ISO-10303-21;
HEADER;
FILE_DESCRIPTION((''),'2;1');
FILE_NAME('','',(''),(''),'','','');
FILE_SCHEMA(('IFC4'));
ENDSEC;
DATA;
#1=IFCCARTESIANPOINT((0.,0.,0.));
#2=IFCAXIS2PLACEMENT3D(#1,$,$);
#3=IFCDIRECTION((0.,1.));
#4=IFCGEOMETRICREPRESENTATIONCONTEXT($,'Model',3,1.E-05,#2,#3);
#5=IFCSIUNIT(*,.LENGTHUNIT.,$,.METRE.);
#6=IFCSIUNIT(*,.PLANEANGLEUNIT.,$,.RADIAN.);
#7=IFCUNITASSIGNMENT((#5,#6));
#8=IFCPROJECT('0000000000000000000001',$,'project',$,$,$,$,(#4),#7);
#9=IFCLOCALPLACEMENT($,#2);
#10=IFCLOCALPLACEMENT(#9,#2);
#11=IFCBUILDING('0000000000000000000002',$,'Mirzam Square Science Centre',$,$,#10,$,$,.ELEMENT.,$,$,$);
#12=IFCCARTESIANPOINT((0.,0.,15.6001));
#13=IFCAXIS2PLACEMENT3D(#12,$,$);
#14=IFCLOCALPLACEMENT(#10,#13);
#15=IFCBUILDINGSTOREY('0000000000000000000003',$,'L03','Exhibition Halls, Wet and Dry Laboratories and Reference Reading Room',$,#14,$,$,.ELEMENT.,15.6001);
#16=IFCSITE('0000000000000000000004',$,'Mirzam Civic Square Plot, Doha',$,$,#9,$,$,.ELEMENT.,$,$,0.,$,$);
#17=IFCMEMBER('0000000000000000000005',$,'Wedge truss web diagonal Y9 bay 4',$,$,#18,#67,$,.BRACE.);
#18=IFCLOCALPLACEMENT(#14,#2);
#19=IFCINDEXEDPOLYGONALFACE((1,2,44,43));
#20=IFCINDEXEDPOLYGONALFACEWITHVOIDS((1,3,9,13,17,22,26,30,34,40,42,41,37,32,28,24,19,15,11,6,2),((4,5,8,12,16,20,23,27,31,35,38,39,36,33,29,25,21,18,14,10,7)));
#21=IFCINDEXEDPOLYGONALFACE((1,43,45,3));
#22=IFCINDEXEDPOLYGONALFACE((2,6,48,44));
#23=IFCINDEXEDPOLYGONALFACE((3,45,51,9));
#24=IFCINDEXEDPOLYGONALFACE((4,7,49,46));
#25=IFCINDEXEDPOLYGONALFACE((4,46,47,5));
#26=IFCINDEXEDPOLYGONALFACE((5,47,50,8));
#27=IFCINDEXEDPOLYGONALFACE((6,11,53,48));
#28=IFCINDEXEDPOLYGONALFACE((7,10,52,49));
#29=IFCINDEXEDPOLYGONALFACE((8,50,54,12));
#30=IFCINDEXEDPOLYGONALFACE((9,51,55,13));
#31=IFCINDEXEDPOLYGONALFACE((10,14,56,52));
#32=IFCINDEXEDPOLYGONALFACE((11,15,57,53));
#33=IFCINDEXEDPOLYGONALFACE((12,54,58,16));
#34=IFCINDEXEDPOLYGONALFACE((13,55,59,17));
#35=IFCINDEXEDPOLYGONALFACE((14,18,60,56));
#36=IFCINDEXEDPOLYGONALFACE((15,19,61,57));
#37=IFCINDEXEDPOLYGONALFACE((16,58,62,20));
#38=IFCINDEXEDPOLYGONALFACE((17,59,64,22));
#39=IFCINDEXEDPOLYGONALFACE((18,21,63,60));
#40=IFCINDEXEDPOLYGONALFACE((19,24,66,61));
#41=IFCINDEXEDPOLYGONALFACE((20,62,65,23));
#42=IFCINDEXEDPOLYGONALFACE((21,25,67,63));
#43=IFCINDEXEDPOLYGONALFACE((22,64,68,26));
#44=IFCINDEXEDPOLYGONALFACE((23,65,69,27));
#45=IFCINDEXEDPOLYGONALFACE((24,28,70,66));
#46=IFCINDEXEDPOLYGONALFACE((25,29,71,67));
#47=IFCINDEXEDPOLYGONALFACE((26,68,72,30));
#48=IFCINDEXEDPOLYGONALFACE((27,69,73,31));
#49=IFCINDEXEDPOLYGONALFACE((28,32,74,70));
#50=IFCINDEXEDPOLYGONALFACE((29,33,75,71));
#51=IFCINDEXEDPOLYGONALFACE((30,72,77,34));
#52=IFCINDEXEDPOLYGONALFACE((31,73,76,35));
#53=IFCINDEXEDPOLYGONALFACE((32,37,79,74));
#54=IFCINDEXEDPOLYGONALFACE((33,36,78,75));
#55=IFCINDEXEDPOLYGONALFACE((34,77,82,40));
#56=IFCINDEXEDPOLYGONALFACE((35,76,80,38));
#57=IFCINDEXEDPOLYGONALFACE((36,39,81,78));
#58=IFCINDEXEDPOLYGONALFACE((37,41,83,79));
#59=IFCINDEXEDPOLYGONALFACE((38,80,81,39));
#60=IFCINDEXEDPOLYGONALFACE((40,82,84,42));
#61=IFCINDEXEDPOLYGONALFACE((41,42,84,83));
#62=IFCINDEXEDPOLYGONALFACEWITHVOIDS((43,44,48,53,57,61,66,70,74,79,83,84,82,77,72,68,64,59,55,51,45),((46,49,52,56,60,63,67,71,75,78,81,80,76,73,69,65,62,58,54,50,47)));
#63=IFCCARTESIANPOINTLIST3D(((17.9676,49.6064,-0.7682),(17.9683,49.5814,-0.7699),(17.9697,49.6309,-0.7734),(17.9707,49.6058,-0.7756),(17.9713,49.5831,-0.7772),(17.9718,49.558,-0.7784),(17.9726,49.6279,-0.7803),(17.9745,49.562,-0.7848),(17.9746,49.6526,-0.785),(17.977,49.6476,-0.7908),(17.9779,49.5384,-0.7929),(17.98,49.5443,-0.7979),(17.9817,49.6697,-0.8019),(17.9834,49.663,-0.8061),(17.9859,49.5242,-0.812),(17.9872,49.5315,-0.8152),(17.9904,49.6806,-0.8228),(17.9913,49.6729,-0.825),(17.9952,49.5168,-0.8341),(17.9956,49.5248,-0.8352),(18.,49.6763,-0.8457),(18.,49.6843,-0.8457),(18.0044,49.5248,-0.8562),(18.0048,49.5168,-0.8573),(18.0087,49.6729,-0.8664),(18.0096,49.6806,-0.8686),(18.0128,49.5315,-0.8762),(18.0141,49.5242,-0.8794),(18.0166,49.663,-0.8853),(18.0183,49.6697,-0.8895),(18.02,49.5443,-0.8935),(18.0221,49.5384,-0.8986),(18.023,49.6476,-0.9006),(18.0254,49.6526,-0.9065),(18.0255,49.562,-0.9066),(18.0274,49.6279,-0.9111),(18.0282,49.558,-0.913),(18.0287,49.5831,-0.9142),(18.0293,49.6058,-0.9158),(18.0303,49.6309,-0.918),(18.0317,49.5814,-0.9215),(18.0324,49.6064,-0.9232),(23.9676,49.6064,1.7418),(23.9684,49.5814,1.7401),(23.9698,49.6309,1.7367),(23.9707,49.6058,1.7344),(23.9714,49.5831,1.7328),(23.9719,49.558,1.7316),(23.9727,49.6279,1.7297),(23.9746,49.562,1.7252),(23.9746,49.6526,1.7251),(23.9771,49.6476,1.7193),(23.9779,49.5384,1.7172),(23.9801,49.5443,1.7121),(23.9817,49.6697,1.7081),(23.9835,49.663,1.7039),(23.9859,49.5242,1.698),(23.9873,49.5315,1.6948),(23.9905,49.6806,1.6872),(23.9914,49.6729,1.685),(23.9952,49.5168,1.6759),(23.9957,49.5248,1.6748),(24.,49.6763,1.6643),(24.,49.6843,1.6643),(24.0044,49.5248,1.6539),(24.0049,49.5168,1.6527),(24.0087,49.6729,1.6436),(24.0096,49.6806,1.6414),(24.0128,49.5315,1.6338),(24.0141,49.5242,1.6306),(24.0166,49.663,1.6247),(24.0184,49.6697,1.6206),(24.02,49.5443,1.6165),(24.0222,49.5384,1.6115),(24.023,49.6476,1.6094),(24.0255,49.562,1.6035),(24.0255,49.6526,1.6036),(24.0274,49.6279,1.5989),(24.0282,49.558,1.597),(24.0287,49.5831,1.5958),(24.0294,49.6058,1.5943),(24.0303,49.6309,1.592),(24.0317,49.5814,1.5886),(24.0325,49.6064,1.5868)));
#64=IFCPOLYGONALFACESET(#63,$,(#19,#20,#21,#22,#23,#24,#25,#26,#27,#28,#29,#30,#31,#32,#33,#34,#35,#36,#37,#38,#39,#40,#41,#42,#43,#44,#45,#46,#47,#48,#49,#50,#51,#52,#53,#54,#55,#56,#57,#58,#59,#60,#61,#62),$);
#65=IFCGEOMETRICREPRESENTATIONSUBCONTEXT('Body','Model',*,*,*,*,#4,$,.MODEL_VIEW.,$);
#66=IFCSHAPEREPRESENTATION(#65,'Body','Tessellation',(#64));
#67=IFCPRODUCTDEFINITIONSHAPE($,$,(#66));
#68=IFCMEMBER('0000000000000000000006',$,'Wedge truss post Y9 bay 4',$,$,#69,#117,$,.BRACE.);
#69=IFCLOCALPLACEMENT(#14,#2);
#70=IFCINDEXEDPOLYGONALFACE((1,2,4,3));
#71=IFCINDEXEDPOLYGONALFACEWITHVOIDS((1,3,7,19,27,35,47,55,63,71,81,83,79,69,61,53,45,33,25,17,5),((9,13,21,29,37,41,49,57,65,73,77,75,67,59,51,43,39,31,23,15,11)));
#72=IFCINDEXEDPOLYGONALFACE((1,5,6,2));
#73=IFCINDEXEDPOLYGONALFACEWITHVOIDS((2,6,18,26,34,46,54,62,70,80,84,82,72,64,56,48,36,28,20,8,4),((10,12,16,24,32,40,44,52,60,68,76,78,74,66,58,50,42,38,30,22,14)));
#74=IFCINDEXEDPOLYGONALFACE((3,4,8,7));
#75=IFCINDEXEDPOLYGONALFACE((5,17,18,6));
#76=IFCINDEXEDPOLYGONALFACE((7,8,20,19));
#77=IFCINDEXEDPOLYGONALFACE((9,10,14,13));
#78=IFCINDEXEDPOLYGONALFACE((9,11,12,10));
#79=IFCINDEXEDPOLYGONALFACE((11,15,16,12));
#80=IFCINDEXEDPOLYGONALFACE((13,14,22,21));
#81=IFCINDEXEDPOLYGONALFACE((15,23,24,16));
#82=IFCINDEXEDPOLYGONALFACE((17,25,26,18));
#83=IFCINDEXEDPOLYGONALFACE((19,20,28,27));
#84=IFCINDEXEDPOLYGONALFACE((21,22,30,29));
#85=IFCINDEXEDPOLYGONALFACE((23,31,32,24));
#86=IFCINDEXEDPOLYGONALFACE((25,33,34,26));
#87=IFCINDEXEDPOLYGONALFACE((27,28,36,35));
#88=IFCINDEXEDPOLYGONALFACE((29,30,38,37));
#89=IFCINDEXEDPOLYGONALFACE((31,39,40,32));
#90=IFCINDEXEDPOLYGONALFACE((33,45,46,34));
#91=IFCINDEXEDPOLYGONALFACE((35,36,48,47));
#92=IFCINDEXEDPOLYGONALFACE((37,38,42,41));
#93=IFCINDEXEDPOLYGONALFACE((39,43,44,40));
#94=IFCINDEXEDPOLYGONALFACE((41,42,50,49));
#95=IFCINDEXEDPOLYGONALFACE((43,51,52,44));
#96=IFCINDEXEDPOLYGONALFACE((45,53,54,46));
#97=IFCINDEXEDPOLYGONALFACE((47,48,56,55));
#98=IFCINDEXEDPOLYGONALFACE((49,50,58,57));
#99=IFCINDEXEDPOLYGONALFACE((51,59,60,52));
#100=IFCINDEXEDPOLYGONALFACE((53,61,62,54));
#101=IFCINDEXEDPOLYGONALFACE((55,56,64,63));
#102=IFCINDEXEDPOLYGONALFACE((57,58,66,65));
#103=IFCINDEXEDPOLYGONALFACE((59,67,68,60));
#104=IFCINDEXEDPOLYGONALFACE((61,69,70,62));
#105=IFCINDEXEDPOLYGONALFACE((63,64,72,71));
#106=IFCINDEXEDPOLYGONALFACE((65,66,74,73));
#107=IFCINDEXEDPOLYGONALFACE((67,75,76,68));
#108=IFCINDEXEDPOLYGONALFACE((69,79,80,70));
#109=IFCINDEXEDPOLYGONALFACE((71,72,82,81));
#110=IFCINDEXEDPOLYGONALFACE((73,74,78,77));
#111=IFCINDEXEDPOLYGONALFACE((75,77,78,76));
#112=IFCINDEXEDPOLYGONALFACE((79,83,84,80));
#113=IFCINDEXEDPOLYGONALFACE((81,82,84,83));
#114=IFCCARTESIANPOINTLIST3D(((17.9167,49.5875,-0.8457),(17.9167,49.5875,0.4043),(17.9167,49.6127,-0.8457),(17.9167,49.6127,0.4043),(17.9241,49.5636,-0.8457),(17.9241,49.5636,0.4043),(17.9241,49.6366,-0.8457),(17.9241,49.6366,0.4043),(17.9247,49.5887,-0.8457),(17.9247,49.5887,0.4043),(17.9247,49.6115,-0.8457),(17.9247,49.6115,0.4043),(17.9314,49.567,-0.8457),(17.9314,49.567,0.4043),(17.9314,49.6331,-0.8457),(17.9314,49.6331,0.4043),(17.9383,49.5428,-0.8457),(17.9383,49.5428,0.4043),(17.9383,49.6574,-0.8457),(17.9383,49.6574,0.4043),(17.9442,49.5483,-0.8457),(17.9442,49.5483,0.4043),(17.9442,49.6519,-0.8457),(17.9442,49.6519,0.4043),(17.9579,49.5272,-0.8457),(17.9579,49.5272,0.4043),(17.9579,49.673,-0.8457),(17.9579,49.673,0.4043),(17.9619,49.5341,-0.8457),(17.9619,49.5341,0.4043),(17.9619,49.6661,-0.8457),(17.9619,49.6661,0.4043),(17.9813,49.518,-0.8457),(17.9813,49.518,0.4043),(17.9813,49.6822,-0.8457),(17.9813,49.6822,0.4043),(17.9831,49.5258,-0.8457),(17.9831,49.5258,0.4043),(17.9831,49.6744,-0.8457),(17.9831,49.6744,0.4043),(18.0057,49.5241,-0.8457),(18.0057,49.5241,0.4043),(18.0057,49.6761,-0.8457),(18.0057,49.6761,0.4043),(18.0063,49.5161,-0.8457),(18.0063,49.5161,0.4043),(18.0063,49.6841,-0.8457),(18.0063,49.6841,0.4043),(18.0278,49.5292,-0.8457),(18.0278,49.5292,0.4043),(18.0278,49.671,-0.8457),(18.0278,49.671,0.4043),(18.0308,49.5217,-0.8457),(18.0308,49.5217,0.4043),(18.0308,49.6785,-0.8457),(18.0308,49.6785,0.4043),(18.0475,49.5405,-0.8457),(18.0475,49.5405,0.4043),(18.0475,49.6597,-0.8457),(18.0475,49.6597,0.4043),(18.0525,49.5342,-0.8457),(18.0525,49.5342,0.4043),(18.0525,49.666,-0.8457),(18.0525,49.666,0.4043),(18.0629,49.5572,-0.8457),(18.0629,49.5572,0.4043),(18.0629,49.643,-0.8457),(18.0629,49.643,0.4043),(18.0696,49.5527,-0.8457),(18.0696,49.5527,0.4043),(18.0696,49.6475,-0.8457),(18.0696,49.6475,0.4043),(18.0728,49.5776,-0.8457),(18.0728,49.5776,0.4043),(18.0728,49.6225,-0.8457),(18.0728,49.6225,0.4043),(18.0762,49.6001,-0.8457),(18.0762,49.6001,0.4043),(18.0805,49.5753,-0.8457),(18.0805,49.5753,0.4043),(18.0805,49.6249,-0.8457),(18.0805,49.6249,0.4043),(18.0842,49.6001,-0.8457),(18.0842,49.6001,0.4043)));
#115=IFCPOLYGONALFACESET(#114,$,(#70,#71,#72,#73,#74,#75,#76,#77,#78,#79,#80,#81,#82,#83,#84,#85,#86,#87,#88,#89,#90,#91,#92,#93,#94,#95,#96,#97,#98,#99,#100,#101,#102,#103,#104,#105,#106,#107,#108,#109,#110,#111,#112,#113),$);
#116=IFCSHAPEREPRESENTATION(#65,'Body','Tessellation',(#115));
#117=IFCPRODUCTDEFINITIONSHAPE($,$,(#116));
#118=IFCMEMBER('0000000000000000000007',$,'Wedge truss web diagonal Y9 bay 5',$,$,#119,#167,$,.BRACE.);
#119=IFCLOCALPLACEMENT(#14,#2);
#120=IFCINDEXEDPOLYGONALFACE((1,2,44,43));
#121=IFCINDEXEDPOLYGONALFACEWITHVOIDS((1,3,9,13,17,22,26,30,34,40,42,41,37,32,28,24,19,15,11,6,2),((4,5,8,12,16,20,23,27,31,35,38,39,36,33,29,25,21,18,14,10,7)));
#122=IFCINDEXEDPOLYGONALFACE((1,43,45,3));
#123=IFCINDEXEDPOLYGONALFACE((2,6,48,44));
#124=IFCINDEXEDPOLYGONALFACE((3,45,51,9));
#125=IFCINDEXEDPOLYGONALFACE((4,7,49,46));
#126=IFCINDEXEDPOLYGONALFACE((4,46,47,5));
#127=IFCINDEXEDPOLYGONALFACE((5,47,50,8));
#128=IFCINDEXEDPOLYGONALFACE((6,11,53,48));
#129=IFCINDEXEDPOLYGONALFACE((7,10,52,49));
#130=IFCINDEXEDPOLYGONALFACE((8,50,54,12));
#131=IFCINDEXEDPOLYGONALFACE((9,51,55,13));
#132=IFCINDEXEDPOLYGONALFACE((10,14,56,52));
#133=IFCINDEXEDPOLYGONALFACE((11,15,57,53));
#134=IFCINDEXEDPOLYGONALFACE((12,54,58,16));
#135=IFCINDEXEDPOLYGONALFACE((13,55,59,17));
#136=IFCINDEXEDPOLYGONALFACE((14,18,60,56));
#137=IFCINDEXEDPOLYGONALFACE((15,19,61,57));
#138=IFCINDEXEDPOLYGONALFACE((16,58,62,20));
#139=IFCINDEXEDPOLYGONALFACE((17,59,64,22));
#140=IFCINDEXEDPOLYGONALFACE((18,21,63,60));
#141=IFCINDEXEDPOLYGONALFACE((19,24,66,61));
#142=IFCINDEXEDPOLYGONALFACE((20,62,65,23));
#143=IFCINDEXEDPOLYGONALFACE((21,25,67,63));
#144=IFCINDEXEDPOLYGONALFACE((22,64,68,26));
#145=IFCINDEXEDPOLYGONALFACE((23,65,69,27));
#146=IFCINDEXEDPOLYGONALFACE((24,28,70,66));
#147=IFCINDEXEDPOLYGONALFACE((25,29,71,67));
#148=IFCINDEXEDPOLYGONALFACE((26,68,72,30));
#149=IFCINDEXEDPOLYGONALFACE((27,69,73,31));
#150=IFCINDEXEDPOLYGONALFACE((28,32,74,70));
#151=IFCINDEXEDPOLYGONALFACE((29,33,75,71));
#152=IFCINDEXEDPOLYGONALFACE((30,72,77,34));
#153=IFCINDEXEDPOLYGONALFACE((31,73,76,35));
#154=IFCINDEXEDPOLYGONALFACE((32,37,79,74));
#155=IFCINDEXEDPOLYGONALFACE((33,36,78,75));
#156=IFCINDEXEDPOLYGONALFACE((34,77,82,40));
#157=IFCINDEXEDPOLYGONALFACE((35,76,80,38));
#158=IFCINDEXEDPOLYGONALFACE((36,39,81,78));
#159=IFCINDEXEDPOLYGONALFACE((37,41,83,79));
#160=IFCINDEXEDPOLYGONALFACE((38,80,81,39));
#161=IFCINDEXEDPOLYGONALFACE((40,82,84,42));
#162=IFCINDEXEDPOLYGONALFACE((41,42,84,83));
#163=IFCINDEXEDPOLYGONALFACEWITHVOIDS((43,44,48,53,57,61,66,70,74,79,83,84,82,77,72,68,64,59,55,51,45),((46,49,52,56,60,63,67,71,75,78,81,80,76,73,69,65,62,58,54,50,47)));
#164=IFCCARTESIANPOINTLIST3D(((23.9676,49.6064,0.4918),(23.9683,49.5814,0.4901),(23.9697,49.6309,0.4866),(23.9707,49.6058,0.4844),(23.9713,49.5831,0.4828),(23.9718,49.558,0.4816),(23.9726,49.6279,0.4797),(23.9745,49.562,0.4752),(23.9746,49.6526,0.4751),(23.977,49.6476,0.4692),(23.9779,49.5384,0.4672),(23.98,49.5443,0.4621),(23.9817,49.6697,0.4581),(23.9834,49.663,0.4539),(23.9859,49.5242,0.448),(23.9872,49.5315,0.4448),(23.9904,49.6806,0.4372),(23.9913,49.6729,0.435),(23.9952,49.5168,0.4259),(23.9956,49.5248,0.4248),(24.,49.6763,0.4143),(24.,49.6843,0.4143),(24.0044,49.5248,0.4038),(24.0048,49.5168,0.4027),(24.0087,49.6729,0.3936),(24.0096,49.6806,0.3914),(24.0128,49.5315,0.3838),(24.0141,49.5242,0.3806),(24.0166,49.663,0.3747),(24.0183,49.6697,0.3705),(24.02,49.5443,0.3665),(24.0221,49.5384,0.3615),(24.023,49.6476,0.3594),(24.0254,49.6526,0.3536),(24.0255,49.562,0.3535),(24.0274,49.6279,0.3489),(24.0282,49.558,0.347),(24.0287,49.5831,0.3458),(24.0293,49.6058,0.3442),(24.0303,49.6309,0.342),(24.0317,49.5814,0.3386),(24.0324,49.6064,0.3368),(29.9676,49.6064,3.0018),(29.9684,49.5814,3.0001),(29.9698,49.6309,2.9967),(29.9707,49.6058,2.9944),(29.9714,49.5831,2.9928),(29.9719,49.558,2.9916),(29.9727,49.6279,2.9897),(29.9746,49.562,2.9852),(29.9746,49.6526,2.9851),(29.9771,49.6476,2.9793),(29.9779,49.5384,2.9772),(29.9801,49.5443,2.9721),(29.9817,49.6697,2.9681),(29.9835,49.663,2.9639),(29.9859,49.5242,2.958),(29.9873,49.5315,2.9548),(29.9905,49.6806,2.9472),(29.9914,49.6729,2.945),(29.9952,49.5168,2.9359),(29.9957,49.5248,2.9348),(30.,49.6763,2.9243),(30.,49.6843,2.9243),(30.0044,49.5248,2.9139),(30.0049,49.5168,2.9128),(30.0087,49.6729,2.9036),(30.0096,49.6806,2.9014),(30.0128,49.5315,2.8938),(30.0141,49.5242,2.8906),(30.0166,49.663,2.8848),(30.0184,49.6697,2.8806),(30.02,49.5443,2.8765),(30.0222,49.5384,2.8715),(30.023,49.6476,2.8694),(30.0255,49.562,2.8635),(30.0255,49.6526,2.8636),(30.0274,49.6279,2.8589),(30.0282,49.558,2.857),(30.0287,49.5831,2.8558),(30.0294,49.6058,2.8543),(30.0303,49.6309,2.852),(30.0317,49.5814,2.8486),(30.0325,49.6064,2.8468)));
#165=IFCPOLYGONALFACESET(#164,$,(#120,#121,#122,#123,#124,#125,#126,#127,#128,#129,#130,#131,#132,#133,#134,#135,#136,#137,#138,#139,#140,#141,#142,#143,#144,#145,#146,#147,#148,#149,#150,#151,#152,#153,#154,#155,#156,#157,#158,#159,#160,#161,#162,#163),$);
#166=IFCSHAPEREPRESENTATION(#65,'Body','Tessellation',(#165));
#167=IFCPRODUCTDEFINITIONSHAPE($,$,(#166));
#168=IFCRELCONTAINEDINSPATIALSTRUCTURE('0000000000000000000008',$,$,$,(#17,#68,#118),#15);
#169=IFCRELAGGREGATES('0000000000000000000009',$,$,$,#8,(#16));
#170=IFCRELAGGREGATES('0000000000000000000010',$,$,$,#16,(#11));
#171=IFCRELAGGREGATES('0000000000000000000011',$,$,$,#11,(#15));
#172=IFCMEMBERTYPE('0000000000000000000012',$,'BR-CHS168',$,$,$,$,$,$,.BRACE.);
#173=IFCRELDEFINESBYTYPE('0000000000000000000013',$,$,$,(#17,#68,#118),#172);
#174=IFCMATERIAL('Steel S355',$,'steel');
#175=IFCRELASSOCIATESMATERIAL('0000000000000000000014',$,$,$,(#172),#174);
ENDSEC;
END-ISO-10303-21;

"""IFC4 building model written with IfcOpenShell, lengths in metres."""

from ifc_helpers import new_model, si_unit, direction, frame, origin, origin_2d, place, context, subcontext, project, spatial, hollow_circle, extrude, material, material_profile, profile_set, type_object, element, save


model = new_model("IFC4")

# Units and contexts
model_context = context("Model", 3, precision=1e-05, world=origin(), true_north=direction((0.0, 1.0)))
body_context = subcontext(model_context, "Body", "Model", "MODEL_VIEW")
ifc_project = project(units=[si_unit("LENGTHUNIT", "METRE"), si_unit("PLANEANGLEUNIT", "RADIAN")], contexts=[model_context])

# Site, building, storey
site_placement = place(None, origin())
site = spatial("IfcSite", under=ifc_project, at=site_placement, Name="Mirzam Civic Square Plot, Doha", CompositionType="ELEMENT", RefElevation=0.0)
building_placement = place(site_placement, origin())
building = spatial("IfcBuilding", under=site, at=building_placement, Name="Mirzam Square Science Centre", CompositionType="ELEMENT")
storey_placement = place(building_placement, frame((0.0, 0.0, 15.6001)))
storey = spatial("IfcBuildingStorey", under=building, at=storey_placement, Name="L03", Description="Exhibition Halls, Wet and Dry Laboratories and Reference Reading Room", CompositionType="ELEMENT", Elevation=15.6001)

# Members
ifc_material = material(Name="Steel S355", Category="steel")
ifc_material_profile_1 = material_profile(ifc_material, hollow_circle(Radius=0.0842, WallThickness=0.0081, at=origin_2d()), Name="168.3x8.0CHS")
ifc_profile_set_1 = profile_set([ifc_material_profile_1], Name="Steel S355")
member_type_1 = type_object("IfcMemberType", Name="BR-CHS168", PredefinedType="BRACE", material=ifc_profile_set_1)
member_1_placement = place(storey_placement, frame((18.0, 49.6001, -0.8457), z_axis=(0.92253, 0.0, 0.385926), x_axis=(0.0, 1.0, 0.0)))
element("IfcMember", 1, at=member_1_placement, inside=storey, type_object=member_type_1, Name="Wedge truss web diagonal Y9 bay 4", PredefinedType="BRACE", context=body_context, shape_type="SweptSolid", body=[
    extrude(hollow_circle(Radius=0.0842, WallThickness=0.0081, at=origin_2d()), origin(), (0.0, 0.0, 1.0), 6.5039),
])
member_2_placement = place(storey_placement, frame((18.0, 49.6001, -0.8457), z_axis=(0.0, 0.0, 1.0), x_axis=(1.0, 0.0, 0.0)))
element("IfcMember", 2, at=member_2_placement, inside=storey, type_object=member_type_1, Name="Wedge truss post Y9 bay 4", PredefinedType="BRACE", context=body_context, shape_type="SweptSolid", body=[
    extrude(hollow_circle(Radius=0.0842, WallThickness=0.0081, at=origin_2d()), origin(), (0.0, 0.0, 1.0), 1.25),
])
member_3_placement = place(storey_placement, frame((24.0, 49.6001, 0.4143), z_axis=(0.92253, 0.0, 0.385926), x_axis=(0.0, 1.0, 0.0)))
element("IfcMember", 3, at=member_3_placement, inside=storey, type_object=member_type_1, Name="Wedge truss web diagonal Y9 bay 5", PredefinedType="BRACE", context=body_context, shape_type="SweptSolid", body=[
    extrude(hollow_circle(Radius=0.0842, WallThickness=0.0081, at=origin_2d()), origin(), (0.0, 0.0, 1.0), 6.5039),
])

save(model, "model.ifc")
